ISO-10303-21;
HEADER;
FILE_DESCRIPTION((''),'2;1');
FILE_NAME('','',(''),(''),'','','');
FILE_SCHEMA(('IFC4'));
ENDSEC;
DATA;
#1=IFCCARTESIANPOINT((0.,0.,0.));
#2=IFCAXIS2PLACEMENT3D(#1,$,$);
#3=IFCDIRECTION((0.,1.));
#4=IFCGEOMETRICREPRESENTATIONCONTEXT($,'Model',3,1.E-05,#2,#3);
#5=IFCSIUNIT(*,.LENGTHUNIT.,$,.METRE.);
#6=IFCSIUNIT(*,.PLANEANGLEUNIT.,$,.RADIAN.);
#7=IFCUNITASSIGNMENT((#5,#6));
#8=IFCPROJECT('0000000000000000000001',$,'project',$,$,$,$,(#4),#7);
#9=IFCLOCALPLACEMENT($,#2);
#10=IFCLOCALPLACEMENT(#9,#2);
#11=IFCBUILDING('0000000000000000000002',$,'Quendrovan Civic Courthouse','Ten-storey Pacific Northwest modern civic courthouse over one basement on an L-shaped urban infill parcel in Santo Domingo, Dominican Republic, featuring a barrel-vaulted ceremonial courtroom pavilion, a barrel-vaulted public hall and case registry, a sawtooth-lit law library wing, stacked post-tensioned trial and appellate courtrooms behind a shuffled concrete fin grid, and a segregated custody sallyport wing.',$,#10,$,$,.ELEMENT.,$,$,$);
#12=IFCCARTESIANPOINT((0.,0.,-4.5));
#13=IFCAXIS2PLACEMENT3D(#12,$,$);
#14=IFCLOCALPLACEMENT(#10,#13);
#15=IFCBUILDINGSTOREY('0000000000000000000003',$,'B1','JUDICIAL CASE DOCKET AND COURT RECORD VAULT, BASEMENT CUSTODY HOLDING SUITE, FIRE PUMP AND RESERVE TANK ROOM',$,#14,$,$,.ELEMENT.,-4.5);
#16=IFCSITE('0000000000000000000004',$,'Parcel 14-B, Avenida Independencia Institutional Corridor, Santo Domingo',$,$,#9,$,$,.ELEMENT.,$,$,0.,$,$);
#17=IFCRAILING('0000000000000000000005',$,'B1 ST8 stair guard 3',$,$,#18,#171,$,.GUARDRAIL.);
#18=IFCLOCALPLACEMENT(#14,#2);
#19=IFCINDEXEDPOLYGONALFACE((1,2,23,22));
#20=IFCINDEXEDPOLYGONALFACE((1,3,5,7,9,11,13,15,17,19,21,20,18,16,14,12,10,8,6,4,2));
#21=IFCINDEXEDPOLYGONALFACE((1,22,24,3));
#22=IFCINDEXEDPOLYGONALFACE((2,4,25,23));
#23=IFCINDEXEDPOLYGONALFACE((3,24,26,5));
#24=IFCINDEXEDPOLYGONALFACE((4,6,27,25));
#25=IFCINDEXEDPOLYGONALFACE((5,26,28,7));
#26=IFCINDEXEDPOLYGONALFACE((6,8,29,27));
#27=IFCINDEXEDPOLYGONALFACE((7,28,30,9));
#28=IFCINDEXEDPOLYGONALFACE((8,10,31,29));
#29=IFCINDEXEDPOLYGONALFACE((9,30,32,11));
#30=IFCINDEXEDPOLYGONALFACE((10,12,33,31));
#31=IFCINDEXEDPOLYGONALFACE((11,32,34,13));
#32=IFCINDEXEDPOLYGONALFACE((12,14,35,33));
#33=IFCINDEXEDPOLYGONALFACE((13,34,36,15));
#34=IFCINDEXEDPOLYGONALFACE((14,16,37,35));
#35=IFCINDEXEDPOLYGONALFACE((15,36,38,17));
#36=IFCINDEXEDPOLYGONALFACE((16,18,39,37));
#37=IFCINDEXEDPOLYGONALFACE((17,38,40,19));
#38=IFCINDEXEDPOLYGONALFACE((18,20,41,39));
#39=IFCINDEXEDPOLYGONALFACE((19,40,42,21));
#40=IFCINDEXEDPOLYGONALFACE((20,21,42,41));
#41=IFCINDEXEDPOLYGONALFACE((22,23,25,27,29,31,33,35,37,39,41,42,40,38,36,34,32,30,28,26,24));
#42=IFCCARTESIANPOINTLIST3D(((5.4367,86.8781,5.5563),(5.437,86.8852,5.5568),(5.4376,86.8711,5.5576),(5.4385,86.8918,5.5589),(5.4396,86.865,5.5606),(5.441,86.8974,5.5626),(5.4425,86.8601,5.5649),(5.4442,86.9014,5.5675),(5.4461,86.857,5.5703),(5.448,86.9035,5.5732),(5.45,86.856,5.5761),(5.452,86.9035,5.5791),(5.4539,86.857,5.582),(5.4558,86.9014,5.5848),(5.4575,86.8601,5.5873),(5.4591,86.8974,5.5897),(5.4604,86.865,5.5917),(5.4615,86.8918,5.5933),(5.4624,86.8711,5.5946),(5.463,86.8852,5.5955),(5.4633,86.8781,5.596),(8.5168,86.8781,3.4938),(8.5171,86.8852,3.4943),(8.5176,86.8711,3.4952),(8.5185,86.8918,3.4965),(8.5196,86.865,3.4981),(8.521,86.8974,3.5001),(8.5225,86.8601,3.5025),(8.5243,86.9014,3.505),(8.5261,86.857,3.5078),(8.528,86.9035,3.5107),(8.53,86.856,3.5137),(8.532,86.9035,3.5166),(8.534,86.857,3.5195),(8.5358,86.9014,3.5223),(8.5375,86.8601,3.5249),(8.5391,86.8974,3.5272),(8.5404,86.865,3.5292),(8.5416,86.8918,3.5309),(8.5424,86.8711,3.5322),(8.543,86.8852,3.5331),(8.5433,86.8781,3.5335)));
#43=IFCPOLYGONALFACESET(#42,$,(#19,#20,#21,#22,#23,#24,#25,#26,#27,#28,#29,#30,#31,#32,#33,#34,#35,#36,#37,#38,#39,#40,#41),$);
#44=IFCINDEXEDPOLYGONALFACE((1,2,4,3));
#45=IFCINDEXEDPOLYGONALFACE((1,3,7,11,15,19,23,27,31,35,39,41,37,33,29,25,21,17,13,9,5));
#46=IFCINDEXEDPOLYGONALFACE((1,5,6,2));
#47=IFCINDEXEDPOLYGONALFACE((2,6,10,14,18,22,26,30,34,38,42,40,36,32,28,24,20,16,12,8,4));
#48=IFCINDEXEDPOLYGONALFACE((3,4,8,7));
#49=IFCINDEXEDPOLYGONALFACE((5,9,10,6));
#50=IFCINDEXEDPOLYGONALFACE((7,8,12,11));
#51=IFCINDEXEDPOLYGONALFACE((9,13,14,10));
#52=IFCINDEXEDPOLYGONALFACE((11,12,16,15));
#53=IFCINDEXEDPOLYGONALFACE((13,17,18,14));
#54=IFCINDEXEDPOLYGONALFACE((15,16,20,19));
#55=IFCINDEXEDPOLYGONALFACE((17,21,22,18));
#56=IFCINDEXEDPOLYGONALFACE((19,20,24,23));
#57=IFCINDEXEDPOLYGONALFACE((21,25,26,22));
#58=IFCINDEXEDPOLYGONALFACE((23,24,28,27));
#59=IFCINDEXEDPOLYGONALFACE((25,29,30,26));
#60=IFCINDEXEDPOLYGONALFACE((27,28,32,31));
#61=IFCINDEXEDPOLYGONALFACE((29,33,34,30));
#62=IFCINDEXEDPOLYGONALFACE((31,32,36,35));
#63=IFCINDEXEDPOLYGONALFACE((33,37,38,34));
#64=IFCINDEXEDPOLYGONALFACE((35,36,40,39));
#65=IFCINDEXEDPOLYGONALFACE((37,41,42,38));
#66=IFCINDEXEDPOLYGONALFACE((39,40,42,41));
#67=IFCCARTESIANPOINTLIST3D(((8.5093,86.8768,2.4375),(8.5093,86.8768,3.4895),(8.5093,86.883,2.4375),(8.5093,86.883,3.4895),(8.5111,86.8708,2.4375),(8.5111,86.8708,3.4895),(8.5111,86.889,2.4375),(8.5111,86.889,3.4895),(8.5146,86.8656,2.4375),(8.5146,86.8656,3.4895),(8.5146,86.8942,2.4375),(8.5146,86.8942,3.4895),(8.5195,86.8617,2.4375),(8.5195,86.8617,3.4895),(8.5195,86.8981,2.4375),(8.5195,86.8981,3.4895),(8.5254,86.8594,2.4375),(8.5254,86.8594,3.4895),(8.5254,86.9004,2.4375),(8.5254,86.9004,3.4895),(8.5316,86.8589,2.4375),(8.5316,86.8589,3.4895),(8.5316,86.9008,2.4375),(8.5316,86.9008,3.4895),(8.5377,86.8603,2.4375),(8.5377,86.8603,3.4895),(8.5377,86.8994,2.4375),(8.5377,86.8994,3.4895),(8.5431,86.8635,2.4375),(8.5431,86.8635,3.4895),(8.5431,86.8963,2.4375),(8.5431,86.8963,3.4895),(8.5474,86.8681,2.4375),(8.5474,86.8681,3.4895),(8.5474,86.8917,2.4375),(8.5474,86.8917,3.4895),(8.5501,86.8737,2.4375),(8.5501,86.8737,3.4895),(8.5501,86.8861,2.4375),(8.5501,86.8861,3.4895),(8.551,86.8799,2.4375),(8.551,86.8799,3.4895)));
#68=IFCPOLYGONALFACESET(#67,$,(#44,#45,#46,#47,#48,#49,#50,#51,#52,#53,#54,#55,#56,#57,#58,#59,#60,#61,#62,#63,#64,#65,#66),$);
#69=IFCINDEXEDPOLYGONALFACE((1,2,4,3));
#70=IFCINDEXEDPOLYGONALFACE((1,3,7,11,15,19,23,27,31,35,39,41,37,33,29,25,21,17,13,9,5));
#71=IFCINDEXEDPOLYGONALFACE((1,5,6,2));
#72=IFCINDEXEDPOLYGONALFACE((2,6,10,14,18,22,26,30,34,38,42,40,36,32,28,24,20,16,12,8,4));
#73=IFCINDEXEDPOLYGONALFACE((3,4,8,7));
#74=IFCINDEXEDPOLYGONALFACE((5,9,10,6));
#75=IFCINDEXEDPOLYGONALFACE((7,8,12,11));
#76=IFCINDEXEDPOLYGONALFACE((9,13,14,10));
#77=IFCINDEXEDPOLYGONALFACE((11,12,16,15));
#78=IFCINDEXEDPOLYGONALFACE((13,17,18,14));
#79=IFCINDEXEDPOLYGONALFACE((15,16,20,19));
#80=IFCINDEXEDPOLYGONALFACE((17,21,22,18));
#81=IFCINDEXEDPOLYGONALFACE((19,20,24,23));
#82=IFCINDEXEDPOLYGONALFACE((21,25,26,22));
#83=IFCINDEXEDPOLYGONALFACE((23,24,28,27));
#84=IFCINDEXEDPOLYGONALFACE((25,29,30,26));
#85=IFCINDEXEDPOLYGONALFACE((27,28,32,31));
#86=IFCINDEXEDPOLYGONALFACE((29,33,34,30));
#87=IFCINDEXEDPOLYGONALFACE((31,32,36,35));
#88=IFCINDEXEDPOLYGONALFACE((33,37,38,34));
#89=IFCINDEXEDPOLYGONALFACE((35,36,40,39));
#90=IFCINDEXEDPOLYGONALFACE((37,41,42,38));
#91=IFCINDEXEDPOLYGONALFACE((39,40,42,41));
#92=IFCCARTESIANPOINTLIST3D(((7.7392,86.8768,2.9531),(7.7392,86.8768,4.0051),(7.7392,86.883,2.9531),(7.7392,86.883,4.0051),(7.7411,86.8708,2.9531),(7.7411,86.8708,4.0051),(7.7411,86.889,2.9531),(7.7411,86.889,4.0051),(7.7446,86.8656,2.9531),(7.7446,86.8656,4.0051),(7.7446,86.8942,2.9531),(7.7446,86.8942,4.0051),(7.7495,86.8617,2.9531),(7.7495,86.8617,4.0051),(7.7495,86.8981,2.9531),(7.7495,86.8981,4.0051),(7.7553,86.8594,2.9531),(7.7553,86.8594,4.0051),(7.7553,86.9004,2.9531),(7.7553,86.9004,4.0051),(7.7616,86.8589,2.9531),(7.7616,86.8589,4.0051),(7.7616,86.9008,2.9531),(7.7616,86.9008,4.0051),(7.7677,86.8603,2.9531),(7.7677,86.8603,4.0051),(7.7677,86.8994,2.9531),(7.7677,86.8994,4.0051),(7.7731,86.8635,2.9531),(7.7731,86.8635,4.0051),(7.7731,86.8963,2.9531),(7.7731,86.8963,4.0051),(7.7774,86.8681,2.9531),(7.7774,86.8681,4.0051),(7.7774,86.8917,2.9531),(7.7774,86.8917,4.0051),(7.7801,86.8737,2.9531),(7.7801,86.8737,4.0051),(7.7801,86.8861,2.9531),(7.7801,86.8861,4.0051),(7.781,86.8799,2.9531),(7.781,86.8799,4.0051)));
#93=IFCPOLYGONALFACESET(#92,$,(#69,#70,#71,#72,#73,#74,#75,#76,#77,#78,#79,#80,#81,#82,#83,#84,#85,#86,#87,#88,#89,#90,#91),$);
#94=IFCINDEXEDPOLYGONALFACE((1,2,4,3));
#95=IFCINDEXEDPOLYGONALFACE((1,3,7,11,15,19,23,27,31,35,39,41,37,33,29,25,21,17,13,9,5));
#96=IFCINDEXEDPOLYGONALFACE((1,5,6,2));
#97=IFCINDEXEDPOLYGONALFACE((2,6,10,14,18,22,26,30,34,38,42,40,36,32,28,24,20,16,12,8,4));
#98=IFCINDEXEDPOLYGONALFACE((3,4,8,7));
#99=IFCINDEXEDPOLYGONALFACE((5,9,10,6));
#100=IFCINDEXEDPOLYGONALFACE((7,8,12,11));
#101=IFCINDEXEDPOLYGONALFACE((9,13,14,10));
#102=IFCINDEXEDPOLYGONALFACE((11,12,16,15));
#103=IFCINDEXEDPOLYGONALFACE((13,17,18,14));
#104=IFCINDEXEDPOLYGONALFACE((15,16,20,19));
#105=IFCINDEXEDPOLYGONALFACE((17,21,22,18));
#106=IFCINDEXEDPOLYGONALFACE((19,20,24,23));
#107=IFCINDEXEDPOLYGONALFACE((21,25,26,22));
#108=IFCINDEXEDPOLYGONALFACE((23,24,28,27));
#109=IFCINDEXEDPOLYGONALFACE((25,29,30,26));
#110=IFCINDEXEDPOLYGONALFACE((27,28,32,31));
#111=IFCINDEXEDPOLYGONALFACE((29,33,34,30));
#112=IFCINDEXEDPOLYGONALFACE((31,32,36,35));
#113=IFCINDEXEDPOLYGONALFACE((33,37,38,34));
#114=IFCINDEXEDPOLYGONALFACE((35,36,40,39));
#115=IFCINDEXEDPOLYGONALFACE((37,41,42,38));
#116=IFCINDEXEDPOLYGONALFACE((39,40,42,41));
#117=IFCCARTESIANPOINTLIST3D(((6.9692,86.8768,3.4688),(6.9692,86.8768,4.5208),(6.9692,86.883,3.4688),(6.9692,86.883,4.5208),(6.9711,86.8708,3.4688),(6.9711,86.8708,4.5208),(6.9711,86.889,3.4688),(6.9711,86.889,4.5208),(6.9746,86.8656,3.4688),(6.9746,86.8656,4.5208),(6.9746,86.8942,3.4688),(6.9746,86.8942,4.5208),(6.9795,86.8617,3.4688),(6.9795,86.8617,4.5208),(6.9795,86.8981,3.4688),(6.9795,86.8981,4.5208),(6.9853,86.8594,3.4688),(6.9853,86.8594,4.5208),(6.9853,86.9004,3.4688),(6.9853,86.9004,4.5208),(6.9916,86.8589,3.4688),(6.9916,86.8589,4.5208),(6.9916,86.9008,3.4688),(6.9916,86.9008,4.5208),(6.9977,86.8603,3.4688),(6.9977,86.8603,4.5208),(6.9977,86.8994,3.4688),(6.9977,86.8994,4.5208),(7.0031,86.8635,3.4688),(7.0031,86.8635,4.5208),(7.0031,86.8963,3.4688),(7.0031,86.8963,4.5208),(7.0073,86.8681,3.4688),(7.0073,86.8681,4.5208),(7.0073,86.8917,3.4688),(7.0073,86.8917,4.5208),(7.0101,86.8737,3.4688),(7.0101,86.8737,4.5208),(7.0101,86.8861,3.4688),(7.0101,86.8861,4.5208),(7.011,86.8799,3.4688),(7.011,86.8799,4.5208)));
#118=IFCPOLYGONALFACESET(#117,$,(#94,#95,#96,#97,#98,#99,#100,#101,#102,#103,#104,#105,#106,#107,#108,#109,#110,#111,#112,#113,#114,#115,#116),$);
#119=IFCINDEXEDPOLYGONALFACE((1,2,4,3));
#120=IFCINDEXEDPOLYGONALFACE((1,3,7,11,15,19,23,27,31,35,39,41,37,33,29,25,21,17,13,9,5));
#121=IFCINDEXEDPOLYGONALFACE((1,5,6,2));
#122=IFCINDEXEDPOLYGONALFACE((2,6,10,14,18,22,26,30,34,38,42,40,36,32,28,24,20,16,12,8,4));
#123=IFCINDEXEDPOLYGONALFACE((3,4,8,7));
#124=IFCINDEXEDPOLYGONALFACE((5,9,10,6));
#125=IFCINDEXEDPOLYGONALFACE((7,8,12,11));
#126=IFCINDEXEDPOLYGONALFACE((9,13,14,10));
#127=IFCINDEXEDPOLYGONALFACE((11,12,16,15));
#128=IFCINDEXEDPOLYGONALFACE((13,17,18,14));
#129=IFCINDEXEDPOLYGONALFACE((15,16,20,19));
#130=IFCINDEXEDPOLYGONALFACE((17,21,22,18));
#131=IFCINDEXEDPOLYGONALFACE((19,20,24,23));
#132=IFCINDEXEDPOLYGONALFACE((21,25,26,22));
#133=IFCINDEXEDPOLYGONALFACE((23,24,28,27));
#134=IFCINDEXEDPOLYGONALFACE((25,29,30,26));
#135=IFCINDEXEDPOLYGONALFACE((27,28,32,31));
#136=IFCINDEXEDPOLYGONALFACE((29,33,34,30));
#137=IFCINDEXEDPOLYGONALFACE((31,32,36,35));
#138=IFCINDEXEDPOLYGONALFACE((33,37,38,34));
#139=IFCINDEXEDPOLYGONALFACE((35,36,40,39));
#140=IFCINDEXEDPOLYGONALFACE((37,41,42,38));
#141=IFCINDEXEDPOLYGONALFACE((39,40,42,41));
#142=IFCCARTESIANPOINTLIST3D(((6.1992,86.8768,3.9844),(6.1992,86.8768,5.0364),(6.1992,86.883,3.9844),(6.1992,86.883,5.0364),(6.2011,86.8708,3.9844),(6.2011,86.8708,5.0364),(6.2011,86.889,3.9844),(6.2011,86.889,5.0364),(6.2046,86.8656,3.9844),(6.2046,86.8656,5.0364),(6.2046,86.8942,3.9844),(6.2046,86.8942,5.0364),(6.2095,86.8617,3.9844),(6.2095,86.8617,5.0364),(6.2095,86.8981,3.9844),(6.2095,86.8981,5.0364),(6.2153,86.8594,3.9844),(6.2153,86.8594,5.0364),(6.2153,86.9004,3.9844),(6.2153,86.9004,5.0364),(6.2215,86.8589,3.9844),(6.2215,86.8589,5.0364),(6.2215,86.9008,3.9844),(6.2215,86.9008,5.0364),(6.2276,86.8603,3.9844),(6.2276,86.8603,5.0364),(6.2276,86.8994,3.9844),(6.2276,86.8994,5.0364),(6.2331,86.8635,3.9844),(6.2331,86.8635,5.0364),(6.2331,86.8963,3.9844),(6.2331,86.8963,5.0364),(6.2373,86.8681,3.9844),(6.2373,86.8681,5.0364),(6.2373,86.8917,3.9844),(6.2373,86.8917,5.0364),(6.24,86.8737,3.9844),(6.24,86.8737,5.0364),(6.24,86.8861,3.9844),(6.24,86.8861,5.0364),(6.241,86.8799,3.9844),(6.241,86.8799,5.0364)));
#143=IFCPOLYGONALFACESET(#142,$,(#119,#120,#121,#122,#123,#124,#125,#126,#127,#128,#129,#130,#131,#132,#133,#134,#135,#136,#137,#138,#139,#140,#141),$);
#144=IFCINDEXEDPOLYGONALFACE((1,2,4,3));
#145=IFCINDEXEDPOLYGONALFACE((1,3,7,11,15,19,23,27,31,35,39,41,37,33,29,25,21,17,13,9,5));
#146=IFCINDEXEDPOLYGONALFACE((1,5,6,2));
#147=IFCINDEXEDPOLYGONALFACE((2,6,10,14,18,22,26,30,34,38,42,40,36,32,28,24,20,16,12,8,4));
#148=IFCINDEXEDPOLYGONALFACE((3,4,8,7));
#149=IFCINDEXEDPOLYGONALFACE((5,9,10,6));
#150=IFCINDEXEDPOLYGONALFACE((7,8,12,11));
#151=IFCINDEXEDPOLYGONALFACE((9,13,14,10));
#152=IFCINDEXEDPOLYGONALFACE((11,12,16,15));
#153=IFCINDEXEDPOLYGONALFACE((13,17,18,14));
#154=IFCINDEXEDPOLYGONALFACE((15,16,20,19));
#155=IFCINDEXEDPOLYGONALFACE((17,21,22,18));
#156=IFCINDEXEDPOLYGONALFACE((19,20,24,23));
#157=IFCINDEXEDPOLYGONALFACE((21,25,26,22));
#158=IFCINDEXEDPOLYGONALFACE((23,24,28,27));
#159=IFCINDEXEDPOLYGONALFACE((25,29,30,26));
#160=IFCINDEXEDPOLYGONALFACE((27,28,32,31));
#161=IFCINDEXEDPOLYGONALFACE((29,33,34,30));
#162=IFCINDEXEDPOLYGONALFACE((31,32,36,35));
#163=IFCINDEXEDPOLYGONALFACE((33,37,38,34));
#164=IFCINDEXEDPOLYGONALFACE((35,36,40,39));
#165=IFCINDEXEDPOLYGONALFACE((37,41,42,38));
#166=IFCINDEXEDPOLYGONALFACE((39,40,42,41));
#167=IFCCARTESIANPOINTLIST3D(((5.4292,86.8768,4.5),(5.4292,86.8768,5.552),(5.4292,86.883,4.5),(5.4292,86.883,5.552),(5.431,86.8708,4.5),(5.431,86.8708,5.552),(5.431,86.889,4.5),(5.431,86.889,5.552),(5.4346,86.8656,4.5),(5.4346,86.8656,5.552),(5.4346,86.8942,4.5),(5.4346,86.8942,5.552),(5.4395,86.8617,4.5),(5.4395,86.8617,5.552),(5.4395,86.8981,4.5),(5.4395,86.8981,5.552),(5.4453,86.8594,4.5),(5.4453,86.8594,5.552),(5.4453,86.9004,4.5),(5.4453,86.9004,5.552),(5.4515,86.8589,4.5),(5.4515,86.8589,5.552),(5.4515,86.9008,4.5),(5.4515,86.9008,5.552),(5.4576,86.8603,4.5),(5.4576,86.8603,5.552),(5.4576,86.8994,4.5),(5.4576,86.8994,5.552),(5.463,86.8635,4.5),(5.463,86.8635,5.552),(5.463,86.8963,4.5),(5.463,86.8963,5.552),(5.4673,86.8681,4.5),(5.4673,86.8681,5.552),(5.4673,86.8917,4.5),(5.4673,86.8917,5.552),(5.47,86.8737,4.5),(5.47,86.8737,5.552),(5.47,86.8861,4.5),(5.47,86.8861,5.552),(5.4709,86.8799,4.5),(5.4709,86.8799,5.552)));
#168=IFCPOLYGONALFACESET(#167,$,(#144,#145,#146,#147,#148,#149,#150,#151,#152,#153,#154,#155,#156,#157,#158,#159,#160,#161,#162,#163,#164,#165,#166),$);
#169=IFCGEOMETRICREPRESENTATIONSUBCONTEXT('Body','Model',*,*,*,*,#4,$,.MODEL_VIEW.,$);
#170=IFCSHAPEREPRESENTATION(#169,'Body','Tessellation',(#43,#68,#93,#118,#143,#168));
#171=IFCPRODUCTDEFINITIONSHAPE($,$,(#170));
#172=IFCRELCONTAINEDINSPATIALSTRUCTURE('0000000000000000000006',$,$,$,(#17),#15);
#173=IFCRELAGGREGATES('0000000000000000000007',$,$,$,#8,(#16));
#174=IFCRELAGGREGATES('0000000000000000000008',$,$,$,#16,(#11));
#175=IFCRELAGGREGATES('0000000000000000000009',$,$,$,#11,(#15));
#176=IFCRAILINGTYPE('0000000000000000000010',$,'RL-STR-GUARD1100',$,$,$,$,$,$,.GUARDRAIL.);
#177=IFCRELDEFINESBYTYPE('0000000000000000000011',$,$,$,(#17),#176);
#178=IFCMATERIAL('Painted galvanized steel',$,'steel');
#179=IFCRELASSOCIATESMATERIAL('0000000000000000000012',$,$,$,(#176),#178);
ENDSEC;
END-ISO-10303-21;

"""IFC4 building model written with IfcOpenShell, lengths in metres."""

from ifc_helpers import new_model, si_unit, direction, frame, origin, origin_2d, place, context, subcontext, project, spatial, circle, extrude, material, type_object, element, save


model = new_model("IFC4")

# Units and contexts
model_context = context("Model", 3, precision=1e-05, world=origin(), true_north=direction((0.0, 1.0)))
body_context = subcontext(model_context, "Body", "Model", "MODEL_VIEW")
ifc_project = project(units=[si_unit("LENGTHUNIT", "METRE"), si_unit("PLANEANGLEUNIT", "RADIAN")], contexts=[model_context])

# Site, building, storey
site_placement = place(None, origin())
site = spatial("IfcSite", under=ifc_project, at=site_placement, Name="Parcel 14-B, Avenida Independencia Institutional Corridor, Santo Domingo", CompositionType="ELEMENT", RefElevation=0.0)
building_placement = place(site_placement, origin())
building = spatial("IfcBuilding", under=site, at=building_placement, Name="Quendrovan Civic Courthouse", Description="Ten-storey Pacific Northwest modern civic courthouse over one basement on an L-shaped urban infill parcel in Santo Domingo, Dominican Republic, featuring a barrel-vaulted ceremonial courtroom pavilion, a barrel-vaulted public hall and case registry, a sawtooth-lit law library wing, stacked post-tensioned trial and appellate courtrooms behind a shuffled concrete fin grid, and a segregated custody sallyport wing.", CompositionType="ELEMENT")
storey_placement = place(building_placement, frame((0.0, 0.0, -4.5)))
storey = spatial("IfcBuildingStorey", under=building, at=storey_placement, Name="B1", Description="JUDICIAL CASE DOCKET AND COURT RECORD VAULT, BASEMENT CUSTODY HOLDING SUITE, FIRE PUMP AND RESERVE TANK ROOM", CompositionType="ELEMENT", Elevation=-4.5)

# Railing
ifc_material_1 = material(Name="Painted galvanized steel", Category="steel")
railing_type_1 = type_object("IfcRailingType", Name="RL-STR-GUARD1100", PredefinedType="GUARDRAIL", material=ifc_material_1)
railing_1_placement = place(storey_placement, frame((8.53, 86.8799, 2.4375)))
element("IfcRailing", 1, at=railing_1_placement, inside=storey, type_object=railing_type_1, Name="B1 ST8 stair guard 3", PredefinedType="GUARDRAIL", context=body_context, shape_type="SweptSolid", body=[
    extrude(circle(Radius=0.0239, at=origin_2d()), frame((0.0, 0.0, 1.0762), z_axis=(-0.830914, 0.0, 0.556401), x_axis=(0.0, -1.0, 0.0)), (0.0, 0.0, 1.0), 3.7068),
    extrude(circle(Radius=0.021, at=origin_2d()), origin(), (0.0, 0.0, 1.0), 1.052),
    extrude(circle(Radius=0.021, at=origin_2d()), frame((-0.77, 0.0, 0.5156)), (0.0, 0.0, 1.0), 1.052),
    extrude(circle(Radius=0.021, at=origin_2d()), frame((-1.54, 0.0, 1.0312)), (0.0, 0.0, 1.0), 1.052),
    extrude(circle(Radius=0.021, at=origin_2d()), frame((-2.3101, 0.0, 1.5469)), (0.0, 0.0, 1.0), 1.052),
    extrude(circle(Radius=0.021, at=origin_2d()), frame((-3.0801, 0.0, 2.0625)), (0.0, 0.0, 1.0), 1.052),
])

save(model, "model.ifc")
